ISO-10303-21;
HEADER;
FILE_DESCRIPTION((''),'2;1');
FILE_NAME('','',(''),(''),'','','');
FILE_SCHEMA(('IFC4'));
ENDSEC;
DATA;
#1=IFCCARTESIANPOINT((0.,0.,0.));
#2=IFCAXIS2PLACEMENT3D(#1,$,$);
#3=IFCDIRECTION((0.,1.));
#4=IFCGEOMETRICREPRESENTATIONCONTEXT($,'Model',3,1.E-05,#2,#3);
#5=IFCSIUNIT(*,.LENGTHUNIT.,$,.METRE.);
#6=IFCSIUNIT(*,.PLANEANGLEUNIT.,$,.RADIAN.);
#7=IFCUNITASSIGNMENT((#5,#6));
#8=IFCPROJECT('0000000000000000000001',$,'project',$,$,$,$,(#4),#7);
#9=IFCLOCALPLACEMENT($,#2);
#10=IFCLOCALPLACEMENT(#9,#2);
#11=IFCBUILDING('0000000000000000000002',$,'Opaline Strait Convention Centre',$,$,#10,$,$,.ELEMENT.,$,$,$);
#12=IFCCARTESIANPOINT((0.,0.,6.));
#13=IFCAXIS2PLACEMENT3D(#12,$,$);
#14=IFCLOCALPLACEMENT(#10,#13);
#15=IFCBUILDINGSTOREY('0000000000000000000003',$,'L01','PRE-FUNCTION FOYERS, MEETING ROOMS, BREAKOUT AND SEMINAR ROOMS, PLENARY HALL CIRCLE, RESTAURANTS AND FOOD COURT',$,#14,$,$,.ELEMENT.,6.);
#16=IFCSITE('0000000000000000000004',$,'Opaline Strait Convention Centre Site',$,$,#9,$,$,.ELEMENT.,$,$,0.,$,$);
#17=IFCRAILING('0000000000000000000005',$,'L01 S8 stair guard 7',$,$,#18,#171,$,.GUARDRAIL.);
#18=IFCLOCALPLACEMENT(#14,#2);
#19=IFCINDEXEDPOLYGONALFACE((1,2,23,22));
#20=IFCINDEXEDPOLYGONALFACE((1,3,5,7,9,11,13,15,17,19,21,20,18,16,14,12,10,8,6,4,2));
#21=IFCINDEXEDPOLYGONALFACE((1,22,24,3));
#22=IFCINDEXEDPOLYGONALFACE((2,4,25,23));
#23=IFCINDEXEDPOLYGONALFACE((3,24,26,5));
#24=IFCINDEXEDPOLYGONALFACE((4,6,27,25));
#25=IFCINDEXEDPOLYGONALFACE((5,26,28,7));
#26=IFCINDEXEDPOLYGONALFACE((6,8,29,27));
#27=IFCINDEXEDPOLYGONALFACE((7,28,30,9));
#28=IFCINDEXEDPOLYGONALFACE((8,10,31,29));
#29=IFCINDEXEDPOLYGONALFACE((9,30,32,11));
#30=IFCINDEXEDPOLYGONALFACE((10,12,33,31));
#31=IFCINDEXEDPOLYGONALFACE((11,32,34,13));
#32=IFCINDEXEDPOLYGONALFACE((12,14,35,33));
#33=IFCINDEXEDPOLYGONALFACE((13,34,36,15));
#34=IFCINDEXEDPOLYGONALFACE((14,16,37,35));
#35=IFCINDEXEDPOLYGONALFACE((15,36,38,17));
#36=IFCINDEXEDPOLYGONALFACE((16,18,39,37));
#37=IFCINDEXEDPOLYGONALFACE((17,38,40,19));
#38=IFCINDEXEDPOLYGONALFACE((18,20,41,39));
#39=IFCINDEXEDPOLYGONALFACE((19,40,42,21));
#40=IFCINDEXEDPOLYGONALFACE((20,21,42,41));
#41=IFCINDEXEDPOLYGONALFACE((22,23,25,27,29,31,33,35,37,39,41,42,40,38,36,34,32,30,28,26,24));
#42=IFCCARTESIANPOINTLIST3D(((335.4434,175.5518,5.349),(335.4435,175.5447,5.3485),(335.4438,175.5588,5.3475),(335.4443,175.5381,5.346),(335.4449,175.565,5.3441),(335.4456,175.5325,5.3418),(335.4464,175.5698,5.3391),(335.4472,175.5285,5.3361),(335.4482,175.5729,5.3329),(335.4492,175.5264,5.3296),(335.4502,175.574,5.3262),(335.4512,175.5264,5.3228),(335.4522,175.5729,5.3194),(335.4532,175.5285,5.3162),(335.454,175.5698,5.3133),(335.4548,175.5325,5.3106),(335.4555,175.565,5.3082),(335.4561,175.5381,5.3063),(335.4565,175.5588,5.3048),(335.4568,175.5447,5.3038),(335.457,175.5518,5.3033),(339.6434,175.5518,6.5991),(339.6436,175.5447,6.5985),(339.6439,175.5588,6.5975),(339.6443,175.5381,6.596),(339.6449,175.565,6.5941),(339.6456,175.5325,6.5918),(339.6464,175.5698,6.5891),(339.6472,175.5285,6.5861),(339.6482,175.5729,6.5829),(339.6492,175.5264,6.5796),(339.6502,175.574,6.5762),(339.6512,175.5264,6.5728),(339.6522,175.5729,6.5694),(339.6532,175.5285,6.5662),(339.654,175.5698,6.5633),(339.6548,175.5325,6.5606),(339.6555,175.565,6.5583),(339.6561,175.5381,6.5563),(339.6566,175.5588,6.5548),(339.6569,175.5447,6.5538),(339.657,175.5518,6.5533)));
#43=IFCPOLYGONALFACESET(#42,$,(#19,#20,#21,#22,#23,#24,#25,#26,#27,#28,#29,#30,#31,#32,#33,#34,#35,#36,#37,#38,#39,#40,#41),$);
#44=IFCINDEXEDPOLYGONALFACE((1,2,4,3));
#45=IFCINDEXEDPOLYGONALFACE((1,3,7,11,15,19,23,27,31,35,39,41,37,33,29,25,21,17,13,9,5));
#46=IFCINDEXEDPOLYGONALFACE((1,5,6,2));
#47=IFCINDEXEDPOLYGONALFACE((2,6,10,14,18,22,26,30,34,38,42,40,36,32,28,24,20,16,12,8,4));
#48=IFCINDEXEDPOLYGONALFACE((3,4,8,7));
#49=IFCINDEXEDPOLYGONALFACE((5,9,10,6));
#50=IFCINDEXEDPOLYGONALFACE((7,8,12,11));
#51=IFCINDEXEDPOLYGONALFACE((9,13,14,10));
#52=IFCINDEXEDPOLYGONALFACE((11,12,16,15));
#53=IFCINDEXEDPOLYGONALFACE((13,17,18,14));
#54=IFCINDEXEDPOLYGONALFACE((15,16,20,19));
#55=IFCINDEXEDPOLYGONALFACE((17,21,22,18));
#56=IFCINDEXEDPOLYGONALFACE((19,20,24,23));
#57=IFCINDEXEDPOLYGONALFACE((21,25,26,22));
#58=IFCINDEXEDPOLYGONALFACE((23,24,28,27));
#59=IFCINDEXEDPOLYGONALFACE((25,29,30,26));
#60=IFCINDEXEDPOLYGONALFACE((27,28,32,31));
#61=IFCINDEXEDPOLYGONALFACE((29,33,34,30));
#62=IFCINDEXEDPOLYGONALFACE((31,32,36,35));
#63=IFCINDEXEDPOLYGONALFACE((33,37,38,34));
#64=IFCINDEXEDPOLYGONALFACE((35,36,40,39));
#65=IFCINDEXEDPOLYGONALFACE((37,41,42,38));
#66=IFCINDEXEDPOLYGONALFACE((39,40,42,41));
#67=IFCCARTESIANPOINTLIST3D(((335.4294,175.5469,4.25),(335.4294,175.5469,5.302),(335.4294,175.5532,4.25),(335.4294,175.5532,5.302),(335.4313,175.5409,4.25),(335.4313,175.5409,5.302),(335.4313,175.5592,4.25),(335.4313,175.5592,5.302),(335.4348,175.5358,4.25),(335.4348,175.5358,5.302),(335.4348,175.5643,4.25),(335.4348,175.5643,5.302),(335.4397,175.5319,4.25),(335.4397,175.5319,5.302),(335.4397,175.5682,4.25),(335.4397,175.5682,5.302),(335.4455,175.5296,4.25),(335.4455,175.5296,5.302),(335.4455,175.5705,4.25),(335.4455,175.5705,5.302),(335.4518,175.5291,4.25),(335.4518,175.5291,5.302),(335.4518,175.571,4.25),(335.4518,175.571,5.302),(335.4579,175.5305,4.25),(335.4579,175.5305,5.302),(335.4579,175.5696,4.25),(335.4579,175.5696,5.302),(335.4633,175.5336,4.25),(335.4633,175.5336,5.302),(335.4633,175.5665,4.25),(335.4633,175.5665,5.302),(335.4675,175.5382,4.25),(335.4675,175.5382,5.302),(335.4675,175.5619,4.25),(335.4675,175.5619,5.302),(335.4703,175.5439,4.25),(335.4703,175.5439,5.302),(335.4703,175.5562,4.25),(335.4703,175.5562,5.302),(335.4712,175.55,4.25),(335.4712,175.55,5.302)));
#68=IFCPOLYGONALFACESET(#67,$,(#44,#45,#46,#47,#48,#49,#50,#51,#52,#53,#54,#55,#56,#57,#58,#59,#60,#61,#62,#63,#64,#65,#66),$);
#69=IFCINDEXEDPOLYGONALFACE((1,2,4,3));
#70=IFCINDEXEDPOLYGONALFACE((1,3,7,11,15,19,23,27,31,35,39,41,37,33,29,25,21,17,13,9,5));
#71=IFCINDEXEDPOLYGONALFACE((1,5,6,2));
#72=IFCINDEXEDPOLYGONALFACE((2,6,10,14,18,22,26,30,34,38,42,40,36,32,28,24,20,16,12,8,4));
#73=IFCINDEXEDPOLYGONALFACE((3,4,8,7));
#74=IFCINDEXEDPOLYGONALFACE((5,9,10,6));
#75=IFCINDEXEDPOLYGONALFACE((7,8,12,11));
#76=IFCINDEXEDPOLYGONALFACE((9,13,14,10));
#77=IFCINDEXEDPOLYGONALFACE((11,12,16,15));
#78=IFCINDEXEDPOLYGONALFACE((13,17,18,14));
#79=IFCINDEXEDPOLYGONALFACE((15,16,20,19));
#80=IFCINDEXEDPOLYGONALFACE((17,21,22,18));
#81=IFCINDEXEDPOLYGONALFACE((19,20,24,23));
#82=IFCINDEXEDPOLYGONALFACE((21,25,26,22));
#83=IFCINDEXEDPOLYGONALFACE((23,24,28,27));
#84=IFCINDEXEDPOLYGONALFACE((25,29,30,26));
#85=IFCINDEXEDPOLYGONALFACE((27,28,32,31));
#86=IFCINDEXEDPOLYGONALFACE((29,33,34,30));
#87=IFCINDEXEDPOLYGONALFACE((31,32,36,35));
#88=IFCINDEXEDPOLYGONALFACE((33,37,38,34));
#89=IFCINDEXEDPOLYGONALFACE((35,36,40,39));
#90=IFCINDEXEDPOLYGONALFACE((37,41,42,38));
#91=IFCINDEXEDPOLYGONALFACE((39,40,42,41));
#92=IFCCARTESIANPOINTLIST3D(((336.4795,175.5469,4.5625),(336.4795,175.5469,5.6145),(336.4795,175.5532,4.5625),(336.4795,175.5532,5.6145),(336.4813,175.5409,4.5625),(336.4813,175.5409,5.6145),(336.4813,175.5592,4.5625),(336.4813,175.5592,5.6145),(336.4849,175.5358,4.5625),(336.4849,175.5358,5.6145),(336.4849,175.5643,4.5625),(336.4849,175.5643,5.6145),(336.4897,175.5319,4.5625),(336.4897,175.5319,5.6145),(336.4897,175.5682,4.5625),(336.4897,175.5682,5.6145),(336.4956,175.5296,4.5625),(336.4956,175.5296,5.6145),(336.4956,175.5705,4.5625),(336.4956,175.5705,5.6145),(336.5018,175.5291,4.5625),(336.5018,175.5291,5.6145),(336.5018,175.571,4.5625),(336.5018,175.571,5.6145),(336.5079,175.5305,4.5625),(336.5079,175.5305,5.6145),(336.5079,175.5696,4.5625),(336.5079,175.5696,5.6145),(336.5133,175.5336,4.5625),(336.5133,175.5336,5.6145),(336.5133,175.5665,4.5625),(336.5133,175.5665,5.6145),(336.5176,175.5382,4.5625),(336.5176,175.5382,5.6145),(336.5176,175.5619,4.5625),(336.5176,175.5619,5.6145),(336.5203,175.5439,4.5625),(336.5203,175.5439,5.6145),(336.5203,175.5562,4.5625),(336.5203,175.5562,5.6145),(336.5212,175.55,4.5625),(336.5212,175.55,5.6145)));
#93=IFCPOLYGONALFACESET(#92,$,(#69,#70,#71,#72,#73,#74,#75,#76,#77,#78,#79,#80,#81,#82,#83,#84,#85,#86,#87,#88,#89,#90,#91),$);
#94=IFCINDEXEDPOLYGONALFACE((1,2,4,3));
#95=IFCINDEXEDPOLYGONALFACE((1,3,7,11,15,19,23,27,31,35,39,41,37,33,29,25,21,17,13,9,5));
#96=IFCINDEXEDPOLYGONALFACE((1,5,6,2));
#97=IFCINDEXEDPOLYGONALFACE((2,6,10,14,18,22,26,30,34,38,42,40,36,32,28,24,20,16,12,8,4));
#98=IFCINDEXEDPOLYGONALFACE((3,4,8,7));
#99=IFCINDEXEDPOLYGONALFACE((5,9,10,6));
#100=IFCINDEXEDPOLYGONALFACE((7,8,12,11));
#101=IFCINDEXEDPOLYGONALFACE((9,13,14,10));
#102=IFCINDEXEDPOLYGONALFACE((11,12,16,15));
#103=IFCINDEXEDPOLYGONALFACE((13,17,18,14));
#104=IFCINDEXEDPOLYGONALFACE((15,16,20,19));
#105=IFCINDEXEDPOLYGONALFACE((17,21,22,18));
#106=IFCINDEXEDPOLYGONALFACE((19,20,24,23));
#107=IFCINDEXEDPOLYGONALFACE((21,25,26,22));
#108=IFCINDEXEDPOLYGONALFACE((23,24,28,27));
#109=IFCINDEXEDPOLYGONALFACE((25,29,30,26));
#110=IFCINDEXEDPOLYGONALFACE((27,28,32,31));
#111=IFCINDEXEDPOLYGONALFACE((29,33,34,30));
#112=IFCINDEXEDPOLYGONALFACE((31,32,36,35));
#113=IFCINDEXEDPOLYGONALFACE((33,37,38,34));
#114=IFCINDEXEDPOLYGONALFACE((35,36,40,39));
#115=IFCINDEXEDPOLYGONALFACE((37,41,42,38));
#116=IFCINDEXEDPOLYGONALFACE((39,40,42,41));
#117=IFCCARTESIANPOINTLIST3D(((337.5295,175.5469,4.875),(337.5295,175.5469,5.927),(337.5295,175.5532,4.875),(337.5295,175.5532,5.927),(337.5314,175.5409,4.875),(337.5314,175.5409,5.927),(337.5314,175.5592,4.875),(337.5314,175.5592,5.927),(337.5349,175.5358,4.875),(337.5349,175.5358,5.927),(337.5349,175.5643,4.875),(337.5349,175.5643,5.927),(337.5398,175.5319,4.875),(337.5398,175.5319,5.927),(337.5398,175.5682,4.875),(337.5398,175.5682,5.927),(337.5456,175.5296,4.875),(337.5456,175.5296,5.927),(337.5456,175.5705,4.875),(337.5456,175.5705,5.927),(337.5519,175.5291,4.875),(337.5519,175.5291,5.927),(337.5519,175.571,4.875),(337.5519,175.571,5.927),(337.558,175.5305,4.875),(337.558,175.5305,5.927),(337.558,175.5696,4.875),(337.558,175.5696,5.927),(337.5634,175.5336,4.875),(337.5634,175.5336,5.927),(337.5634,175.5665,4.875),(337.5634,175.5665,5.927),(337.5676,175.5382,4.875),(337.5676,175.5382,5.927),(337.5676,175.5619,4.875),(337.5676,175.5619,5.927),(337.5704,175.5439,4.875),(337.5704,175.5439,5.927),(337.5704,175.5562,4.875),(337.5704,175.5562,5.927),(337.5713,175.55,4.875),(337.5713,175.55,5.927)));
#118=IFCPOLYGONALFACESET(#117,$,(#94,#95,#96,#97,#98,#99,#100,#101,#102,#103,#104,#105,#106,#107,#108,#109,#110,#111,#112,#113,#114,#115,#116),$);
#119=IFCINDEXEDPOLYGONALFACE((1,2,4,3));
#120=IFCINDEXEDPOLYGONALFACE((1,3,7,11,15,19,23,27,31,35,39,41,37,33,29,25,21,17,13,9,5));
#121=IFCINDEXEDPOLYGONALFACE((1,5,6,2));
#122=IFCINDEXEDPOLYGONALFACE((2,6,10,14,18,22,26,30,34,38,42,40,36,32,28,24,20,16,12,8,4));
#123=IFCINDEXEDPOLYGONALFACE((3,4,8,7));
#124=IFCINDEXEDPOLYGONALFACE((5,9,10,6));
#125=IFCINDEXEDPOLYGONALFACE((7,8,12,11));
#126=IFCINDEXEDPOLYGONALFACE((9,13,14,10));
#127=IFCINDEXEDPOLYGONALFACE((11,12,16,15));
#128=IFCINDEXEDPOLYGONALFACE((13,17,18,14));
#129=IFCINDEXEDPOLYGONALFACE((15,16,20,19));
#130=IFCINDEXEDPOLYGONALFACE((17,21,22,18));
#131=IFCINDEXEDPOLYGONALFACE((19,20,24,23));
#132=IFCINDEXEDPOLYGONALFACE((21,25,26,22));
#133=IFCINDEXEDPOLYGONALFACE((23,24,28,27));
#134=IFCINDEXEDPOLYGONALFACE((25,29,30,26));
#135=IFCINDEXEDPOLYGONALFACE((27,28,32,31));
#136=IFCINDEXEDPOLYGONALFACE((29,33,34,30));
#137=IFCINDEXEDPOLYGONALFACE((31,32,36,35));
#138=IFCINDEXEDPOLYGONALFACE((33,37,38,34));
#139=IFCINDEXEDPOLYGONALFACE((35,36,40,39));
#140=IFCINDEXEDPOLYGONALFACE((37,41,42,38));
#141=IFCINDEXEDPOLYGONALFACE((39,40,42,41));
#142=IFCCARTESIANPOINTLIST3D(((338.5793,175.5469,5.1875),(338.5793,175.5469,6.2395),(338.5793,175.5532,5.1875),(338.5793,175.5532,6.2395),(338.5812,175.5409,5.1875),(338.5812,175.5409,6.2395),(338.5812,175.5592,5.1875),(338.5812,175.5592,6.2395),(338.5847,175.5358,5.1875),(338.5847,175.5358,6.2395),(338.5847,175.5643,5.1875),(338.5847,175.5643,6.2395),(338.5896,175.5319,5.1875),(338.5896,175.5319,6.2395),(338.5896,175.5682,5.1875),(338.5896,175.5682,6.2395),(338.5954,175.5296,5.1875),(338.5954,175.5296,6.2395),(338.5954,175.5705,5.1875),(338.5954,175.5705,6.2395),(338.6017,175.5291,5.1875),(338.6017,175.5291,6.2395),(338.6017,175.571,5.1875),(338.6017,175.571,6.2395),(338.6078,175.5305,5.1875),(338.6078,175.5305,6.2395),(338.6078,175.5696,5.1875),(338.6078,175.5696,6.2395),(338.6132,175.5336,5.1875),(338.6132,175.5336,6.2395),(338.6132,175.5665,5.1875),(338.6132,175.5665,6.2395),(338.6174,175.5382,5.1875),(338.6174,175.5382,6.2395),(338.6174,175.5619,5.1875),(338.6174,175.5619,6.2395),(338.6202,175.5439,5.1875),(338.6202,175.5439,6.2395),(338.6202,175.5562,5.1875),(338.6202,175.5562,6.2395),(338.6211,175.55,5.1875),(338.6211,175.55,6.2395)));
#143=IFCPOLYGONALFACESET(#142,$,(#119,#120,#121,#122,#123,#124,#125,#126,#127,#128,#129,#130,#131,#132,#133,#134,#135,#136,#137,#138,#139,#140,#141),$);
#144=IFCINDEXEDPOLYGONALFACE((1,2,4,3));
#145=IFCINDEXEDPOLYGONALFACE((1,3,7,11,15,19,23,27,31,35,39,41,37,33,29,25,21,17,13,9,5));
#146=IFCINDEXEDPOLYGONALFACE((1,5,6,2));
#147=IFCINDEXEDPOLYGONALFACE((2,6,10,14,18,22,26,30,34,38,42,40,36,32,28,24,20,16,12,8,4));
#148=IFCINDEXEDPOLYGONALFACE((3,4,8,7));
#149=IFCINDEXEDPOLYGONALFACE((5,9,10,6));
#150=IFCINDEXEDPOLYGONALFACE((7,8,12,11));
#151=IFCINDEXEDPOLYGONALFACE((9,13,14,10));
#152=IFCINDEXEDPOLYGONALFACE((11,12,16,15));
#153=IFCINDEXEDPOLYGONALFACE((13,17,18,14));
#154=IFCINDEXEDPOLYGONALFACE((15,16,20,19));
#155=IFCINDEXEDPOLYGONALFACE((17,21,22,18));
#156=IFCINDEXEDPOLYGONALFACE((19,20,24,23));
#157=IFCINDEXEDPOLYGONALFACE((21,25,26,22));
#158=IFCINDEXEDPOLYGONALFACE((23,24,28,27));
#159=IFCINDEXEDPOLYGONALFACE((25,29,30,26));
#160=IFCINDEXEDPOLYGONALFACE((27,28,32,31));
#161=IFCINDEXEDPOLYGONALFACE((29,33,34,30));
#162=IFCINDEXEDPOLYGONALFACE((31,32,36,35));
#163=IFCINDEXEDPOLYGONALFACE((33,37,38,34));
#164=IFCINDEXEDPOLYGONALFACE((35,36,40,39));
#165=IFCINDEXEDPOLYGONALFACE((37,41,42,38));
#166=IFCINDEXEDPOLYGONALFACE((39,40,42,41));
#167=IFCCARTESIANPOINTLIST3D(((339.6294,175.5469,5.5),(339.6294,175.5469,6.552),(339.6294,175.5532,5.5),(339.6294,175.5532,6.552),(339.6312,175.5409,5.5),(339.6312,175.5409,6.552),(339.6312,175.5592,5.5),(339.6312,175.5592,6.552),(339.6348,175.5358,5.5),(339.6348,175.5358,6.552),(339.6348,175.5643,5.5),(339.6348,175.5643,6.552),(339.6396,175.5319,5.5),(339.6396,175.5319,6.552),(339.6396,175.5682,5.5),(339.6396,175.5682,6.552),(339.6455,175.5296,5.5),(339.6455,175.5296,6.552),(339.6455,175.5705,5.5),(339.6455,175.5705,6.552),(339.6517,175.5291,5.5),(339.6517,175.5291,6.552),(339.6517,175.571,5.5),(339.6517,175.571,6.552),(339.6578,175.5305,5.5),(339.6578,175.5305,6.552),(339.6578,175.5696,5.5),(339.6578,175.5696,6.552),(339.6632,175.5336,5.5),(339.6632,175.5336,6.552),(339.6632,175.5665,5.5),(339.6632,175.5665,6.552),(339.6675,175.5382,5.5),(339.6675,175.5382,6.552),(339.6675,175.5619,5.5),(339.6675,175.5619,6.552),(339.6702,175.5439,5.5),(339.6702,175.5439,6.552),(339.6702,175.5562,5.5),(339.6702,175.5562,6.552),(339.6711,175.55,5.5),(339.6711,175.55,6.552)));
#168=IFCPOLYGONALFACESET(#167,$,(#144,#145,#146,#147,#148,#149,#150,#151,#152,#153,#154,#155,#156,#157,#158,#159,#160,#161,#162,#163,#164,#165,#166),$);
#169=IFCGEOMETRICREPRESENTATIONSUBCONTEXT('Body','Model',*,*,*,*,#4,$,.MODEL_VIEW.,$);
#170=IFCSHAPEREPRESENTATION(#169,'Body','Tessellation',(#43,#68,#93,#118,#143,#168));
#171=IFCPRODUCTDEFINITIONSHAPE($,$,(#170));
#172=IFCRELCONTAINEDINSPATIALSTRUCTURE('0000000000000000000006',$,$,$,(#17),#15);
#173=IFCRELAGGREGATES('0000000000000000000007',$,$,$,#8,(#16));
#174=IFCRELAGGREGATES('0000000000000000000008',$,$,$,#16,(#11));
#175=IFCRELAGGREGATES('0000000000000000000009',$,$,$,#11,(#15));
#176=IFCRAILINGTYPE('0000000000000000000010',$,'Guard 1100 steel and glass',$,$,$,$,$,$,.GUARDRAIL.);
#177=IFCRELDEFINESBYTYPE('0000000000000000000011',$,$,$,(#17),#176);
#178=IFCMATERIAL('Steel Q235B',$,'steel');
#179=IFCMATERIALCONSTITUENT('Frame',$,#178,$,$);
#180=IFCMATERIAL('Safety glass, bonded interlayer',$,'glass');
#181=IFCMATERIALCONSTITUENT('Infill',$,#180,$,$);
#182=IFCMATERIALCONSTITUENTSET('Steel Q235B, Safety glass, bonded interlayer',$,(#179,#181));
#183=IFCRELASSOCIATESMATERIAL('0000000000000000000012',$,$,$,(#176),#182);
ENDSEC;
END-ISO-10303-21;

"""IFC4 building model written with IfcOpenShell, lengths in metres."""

from ifc_helpers import new_model, si_unit, direction, frame, origin, origin_2d, place, context, subcontext, project, spatial, circle, extrude, material, constituent, constituent_set, type_object, element, save


model = new_model("IFC4")

# Units and contexts
model_context = context("Model", 3, precision=1e-05, world=origin(), true_north=direction((0.0, 1.0)))
body_context = subcontext(model_context, "Body", "Model", "MODEL_VIEW")
ifc_project = project(units=[si_unit("LENGTHUNIT", "METRE"), si_unit("PLANEANGLEUNIT", "RADIAN")], contexts=[model_context])

# Site, building, storey
site_placement = place(None, origin())
site = spatial("IfcSite", under=ifc_project, at=site_placement, Name="Opaline Strait Convention Centre Site", CompositionType="ELEMENT", RefElevation=0.0)
building_placement = place(site_placement, origin())
building = spatial("IfcBuilding", under=site, at=building_placement, Name="Opaline Strait Convention Centre", CompositionType="ELEMENT")
storey_placement = place(building_placement, frame((0.0, 0.0, 6.0)))
storey = spatial("IfcBuildingStorey", under=building, at=storey_placement, Name="L01", Description="PRE-FUNCTION FOYERS, MEETING ROOMS, BREAKOUT AND SEMINAR ROOMS, PLENARY HALL CIRCLE, RESTAURANTS AND FOOD COURT", CompositionType="ELEMENT", Elevation=6.0)

# Railing
ifc_material_1 = material(Name="Steel Q235B", Category="steel")
ifc_constituent_1 = constituent(ifc_material_1, Name="Frame")
ifc_material_2 = material(Name="Safety glass, bonded interlayer", Category="glass")
ifc_constituent_2 = constituent(ifc_material_2, Name="Infill")
ifc_constituent_set = constituent_set(constituents=[ifc_constituent_1, ifc_constituent_2], Name="Steel Q235B, Safety glass, bonded interlayer")
railing_type_1 = type_object("IfcRailingType", Name="Guard 1100 steel and glass", PredefinedType="GUARDRAIL", material=ifc_constituent_set)
railing_1_placement = place(storey_placement, frame((335.4502, 175.55, 4.25)))
element("IfcRailing", 1, at=railing_1_placement, inside=storey, type_object=railing_type_1, Name="L01 S8 stair guard 7", PredefinedType="GUARDRAIL", context=body_context, shape_type="SweptSolid", body=[
    extrude(circle(Radius=0.0239, at=origin_2d()), frame((0.0, 0.0, 1.0762), z_axis=(0.958451, 0.0, 0.285257), x_axis=(0.0, 1.0, 0.0)), (0.0, 0.0, 1.0), 4.3821),
    extrude(circle(Radius=0.021, at=origin_2d()), origin(), (0.0, 0.0, 1.0), 1.052),
    extrude(circle(Radius=0.021, at=origin_2d()), frame((1.05, 0.0, 0.3125)), (0.0, 0.0, 1.0), 1.052),
    extrude(circle(Radius=0.021, at=origin_2d()), frame((2.1001, 0.0, 0.625)), (0.0, 0.0, 1.0), 1.052),
    extrude(circle(Radius=0.021, at=origin_2d()), frame((3.1499, 0.0, 0.9375)), (0.0, 0.0, 1.0), 1.052),
    extrude(circle(Radius=0.021, at=origin_2d()), frame((4.2, 0.0, 1.25)), (0.0, 0.0, 1.0), 1.052),
])

save(model, "model.ifc")
